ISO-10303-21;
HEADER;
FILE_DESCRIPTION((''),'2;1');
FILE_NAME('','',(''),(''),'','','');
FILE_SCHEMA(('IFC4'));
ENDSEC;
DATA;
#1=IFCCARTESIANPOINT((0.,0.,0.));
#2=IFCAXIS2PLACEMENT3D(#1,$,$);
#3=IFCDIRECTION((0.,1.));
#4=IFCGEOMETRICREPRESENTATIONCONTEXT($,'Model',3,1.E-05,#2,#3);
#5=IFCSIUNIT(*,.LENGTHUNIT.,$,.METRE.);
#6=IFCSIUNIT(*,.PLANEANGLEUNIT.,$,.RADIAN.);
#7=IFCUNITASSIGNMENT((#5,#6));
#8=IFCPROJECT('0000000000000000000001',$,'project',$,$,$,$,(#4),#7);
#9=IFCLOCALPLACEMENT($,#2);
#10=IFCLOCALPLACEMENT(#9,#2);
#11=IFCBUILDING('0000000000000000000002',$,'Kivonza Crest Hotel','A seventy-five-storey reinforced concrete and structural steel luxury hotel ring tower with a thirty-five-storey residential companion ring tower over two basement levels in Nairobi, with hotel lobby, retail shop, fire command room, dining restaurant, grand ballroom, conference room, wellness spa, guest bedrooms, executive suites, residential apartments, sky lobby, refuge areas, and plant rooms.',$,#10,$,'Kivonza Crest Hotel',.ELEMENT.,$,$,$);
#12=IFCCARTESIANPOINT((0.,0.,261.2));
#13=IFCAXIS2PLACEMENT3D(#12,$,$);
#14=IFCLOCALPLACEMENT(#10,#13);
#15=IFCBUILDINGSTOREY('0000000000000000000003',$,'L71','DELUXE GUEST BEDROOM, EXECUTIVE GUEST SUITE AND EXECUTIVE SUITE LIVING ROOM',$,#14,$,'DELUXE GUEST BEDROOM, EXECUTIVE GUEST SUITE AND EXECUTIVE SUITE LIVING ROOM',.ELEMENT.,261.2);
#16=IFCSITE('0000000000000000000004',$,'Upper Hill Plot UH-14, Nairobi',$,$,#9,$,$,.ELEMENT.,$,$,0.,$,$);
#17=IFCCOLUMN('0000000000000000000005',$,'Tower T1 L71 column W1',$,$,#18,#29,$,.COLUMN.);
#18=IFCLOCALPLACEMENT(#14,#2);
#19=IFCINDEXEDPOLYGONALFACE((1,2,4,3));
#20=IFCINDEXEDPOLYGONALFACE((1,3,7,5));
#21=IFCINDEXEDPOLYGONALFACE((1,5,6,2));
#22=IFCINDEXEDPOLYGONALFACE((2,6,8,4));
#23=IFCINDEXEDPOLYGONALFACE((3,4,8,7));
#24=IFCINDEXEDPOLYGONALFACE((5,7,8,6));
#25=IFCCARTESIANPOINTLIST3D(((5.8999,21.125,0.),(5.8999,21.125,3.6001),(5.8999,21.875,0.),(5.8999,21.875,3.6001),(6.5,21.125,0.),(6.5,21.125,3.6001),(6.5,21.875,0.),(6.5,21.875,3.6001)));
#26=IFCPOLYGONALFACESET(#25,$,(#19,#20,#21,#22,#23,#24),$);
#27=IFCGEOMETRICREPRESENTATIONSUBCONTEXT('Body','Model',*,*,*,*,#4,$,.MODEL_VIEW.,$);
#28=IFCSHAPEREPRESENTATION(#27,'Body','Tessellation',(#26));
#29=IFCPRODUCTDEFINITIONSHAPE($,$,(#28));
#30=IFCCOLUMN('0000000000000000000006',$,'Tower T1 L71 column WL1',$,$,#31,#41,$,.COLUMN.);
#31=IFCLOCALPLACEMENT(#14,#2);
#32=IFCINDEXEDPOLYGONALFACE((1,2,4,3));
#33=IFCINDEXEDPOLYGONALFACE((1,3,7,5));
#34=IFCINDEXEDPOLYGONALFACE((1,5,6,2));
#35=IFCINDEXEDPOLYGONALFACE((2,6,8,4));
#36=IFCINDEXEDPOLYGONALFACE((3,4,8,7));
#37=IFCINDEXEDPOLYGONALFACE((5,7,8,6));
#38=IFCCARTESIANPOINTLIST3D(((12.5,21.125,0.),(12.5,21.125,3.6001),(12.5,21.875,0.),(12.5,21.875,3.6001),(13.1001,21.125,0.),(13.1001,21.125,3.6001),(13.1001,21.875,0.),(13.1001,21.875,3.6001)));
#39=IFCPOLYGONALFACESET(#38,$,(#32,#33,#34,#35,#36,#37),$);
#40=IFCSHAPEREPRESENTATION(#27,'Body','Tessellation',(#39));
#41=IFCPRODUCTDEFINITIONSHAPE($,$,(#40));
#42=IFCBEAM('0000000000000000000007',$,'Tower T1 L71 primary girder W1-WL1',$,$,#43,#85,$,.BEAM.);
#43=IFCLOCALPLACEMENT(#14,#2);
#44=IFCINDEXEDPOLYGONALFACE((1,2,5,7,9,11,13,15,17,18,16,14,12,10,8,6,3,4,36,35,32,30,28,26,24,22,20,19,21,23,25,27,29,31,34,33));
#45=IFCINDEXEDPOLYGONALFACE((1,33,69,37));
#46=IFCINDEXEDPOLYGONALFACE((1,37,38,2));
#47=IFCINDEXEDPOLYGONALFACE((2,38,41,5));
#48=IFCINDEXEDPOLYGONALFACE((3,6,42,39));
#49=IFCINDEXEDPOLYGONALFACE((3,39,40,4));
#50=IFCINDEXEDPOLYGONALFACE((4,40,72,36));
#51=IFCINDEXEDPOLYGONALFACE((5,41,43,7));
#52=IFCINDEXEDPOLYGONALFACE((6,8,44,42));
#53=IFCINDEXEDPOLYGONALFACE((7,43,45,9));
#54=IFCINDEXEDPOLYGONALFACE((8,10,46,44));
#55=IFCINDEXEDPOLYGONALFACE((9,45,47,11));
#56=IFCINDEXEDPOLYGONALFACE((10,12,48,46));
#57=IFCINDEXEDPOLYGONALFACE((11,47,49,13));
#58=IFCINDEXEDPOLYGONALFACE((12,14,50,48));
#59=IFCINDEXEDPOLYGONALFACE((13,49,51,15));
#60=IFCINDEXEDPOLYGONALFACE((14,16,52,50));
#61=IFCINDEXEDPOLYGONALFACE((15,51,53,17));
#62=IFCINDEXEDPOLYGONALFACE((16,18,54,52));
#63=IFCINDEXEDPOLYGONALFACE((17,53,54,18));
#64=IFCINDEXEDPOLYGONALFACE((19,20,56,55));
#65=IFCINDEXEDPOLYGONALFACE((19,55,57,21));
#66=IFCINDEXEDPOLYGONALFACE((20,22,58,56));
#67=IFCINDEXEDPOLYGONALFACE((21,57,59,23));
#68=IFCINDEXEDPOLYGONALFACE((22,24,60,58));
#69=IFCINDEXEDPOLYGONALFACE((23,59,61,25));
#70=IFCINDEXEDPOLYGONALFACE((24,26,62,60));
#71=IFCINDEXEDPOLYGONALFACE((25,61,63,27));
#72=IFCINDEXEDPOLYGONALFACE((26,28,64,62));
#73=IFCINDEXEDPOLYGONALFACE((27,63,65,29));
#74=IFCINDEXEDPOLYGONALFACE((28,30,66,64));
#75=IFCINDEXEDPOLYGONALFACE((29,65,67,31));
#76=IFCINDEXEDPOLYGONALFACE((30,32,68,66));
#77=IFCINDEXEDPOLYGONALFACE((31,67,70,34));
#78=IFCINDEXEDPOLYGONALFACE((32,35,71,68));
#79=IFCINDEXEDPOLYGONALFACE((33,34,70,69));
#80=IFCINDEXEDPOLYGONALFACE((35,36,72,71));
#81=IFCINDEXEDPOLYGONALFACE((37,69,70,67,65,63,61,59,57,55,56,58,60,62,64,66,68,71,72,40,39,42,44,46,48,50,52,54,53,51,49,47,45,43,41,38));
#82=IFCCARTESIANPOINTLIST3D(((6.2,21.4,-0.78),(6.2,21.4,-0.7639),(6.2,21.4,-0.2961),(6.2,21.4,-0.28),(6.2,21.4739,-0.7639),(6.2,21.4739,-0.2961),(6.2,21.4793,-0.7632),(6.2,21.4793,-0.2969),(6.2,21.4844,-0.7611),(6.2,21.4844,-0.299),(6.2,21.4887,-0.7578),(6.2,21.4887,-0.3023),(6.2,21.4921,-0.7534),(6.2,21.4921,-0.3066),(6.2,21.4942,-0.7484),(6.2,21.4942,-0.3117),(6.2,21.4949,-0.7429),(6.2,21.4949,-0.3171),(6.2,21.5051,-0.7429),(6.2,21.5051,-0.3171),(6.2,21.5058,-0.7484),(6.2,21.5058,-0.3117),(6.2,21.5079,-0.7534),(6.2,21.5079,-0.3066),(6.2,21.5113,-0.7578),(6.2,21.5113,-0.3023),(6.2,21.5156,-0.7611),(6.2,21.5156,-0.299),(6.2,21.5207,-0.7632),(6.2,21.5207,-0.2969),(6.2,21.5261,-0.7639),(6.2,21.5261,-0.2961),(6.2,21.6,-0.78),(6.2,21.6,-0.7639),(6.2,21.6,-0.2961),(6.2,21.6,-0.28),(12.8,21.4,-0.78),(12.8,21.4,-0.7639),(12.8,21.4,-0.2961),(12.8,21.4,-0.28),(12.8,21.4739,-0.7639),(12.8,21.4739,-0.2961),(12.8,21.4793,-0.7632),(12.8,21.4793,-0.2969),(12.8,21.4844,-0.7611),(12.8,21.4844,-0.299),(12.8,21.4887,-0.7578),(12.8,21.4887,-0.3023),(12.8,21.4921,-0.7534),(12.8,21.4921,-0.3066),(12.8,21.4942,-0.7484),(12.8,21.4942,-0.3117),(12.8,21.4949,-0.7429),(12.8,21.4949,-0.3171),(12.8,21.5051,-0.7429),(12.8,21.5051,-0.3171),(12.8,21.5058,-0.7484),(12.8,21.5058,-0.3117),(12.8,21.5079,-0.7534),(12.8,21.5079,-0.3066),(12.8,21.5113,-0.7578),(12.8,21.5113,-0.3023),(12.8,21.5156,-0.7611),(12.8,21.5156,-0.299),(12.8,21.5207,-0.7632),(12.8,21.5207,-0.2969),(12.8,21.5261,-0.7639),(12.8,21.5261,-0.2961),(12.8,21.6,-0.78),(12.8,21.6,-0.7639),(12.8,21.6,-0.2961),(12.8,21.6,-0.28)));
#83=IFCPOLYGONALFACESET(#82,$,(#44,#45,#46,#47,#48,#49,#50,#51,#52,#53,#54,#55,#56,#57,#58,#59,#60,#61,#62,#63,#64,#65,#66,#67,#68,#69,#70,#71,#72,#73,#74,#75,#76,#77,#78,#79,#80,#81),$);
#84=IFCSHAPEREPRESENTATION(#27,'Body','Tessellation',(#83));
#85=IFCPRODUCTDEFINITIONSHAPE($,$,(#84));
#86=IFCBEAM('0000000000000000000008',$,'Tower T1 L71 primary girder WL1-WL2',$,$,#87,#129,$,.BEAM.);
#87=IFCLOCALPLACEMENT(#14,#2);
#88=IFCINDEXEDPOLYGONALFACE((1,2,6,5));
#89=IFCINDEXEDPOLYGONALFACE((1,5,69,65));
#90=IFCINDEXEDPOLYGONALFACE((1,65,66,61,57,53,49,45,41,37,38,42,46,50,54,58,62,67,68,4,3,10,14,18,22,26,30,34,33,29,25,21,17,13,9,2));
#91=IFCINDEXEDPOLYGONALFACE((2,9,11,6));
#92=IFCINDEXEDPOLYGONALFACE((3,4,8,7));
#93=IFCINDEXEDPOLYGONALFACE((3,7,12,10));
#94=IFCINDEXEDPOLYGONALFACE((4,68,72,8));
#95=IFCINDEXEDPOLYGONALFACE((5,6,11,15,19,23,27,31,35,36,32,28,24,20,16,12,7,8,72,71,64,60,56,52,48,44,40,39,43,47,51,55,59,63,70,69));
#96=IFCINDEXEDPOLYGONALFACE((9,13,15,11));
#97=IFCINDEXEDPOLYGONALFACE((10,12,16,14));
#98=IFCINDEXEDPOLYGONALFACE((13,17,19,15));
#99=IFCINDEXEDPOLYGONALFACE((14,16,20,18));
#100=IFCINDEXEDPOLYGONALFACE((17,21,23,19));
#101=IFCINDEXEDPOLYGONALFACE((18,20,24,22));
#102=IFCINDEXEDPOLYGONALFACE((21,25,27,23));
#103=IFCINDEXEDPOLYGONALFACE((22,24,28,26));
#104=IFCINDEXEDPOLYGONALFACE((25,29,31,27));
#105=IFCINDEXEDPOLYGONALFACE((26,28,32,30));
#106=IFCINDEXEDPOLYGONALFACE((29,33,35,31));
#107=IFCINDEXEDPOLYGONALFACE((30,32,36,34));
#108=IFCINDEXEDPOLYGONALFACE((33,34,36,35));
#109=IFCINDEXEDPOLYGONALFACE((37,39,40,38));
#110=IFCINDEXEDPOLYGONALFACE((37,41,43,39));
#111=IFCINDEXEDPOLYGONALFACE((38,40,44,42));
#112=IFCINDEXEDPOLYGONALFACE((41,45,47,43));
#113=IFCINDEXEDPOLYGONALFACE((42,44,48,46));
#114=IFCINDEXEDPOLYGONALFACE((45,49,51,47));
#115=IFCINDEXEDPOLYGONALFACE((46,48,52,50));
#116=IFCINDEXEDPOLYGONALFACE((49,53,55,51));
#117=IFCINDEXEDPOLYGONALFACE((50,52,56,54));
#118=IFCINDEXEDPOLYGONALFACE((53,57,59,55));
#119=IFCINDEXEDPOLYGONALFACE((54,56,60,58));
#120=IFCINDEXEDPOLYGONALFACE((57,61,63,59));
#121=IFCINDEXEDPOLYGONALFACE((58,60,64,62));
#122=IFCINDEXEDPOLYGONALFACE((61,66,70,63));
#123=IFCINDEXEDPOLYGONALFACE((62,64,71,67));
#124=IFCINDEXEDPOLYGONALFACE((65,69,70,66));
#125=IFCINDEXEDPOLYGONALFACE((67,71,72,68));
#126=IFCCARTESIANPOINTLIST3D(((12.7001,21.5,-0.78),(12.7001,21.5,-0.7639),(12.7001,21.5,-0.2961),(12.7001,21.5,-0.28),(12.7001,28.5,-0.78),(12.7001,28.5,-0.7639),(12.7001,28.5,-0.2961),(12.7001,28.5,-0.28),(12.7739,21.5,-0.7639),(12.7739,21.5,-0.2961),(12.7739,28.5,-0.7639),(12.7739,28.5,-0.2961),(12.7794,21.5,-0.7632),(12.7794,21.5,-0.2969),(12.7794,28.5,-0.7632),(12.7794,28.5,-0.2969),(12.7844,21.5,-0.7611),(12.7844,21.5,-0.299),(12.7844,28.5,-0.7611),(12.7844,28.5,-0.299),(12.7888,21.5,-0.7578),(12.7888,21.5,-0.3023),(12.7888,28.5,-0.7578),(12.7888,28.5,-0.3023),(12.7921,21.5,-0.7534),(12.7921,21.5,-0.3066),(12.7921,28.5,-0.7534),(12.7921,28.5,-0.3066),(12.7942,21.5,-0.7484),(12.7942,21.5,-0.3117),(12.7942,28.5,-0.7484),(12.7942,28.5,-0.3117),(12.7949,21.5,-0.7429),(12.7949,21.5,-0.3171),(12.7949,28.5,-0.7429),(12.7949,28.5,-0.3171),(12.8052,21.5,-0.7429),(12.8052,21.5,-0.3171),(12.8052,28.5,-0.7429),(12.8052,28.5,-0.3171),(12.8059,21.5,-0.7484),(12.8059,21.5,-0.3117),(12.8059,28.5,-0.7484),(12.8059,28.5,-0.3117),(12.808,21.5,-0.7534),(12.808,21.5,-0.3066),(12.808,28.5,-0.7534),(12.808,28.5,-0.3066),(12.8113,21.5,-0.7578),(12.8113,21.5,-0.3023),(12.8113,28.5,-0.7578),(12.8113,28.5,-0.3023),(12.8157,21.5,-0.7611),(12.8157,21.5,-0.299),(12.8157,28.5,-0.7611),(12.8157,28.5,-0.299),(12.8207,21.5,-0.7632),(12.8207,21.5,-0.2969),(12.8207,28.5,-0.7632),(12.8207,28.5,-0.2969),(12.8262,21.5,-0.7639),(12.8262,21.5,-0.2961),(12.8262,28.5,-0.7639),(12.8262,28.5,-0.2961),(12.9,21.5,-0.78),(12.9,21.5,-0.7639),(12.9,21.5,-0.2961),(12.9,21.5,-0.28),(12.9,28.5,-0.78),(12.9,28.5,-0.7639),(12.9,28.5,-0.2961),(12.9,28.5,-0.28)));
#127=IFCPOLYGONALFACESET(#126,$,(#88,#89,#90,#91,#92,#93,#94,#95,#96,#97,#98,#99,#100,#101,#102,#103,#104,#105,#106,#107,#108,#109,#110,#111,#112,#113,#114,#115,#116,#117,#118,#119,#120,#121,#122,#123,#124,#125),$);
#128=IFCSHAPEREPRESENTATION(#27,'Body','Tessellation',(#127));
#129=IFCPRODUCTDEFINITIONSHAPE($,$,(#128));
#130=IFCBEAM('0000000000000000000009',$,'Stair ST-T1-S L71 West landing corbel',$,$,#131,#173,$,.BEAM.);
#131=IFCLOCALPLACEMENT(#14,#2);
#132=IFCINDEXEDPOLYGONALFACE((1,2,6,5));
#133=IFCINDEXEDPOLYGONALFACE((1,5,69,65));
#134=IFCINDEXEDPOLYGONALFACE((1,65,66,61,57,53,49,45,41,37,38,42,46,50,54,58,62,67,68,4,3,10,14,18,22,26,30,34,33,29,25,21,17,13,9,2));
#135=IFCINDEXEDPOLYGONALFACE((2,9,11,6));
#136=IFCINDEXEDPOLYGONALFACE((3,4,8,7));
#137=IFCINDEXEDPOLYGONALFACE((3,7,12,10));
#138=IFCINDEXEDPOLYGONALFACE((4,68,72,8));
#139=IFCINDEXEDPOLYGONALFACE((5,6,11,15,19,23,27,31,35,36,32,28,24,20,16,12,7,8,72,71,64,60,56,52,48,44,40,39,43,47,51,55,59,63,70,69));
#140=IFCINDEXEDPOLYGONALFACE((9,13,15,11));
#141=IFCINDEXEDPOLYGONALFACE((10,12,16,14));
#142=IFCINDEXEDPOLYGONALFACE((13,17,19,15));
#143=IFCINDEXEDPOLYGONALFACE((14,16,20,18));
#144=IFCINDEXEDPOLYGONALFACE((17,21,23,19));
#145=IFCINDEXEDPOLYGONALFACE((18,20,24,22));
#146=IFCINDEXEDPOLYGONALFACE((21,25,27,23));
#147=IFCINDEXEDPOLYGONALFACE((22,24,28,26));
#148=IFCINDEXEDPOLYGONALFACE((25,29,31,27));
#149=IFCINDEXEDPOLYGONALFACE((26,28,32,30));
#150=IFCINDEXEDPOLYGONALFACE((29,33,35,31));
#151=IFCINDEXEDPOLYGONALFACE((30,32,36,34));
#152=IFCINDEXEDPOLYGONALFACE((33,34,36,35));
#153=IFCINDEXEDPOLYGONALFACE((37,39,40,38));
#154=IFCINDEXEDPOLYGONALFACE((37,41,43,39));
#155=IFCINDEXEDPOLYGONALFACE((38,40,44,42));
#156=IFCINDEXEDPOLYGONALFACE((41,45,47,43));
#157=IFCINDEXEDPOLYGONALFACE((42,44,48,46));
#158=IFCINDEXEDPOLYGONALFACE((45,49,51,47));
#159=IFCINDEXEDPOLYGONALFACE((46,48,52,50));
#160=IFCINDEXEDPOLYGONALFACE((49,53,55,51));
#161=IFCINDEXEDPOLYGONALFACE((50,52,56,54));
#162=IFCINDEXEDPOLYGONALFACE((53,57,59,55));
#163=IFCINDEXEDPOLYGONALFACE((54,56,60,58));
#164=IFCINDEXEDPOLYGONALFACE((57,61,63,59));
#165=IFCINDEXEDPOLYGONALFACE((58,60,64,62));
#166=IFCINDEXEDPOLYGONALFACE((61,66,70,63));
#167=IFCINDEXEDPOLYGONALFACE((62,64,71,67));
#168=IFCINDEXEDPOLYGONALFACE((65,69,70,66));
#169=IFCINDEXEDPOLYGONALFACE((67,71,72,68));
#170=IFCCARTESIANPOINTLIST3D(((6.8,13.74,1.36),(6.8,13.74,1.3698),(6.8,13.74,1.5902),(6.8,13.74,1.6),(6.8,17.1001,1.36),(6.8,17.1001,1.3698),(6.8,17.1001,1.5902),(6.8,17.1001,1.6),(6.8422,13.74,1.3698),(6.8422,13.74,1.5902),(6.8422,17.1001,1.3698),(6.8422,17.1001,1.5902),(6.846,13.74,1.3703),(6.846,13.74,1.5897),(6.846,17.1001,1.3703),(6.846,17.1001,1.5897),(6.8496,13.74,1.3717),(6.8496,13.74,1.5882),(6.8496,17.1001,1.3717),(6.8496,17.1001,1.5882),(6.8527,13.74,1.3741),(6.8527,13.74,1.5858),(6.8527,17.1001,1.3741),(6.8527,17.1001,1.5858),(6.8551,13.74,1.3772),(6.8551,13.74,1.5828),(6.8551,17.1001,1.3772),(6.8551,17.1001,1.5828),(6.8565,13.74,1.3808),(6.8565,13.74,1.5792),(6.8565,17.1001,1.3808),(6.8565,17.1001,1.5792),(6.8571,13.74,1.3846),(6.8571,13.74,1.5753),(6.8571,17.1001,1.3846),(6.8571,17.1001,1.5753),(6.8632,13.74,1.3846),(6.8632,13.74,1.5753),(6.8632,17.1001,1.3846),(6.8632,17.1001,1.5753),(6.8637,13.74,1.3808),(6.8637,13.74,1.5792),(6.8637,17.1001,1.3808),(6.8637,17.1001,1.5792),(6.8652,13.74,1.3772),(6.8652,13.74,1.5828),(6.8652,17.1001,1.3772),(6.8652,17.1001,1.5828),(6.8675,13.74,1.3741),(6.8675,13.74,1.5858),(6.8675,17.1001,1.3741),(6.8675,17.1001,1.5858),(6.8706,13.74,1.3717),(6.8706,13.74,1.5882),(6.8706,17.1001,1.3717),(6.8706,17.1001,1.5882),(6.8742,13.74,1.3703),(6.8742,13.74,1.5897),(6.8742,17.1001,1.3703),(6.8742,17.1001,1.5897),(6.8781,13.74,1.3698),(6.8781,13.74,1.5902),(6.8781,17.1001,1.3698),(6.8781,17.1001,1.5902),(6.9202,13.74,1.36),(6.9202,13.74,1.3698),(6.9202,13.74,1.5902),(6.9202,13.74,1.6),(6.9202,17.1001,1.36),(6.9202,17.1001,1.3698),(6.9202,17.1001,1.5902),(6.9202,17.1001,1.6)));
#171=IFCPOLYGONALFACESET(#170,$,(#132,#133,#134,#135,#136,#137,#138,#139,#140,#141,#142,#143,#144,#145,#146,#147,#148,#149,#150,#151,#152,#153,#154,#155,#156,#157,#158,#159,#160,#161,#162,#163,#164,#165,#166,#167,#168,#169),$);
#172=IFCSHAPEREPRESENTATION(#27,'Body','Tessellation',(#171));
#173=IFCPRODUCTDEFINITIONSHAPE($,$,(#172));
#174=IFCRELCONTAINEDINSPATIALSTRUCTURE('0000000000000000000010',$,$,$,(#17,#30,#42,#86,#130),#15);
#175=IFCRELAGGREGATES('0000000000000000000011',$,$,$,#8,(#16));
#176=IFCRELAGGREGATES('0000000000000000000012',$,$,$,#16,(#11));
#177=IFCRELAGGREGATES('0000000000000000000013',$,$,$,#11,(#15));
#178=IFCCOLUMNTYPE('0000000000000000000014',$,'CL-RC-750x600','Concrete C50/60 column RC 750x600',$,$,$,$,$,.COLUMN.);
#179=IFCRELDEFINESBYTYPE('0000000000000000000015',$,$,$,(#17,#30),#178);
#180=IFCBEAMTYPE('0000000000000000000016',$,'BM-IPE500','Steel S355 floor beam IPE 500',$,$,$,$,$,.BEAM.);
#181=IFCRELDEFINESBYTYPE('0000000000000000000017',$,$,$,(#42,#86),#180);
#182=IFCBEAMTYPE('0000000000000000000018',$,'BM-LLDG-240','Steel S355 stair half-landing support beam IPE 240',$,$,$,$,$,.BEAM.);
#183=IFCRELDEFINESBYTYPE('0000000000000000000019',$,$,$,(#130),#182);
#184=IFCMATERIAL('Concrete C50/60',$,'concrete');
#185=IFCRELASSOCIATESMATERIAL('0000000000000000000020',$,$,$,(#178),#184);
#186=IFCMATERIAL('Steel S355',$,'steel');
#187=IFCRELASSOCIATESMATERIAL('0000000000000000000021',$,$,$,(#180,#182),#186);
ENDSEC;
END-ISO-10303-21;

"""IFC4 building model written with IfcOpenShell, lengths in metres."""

from ifc_helpers import new_model, si_unit, direction, frame, origin, origin_2d, place, context, subcontext, project, spatial, rectangle, i_section, extrude, material, material_profile, profile_set, type_object, element, save


model = new_model("IFC4")

# Units and contexts
model_context = context("Model", 3, precision=1e-05, world=origin(), true_north=direction((0.0, 1.0)))
body_context = subcontext(model_context, "Body", "Model", "MODEL_VIEW")
ifc_project = project(units=[si_unit("LENGTHUNIT", "METRE"), si_unit("PLANEANGLEUNIT", "RADIAN")], contexts=[model_context])

# Site, building, storey
site_placement = place(None, origin())
site = spatial("IfcSite", under=ifc_project, at=site_placement, Name="Upper Hill Plot UH-14, Nairobi", CompositionType="ELEMENT", RefElevation=0.0)
building_placement = place(site_placement, origin())
building = spatial("IfcBuilding", under=site, at=building_placement, Name="Kivonza Crest Hotel", Description="A seventy-five-storey reinforced concrete and structural steel luxury hotel ring tower with a thirty-five-storey residential companion ring tower over two basement levels in Nairobi, with hotel lobby, retail shop, fire command room, dining restaurant, grand ballroom, conference room, wellness spa, guest bedrooms, executive suites, residential apartments, sky lobby, refuge areas, and plant rooms.", LongName="Kivonza Crest Hotel", CompositionType="ELEMENT")
storey_placement = place(building_placement, frame((0.0, 0.0, 261.2)))
storey = spatial("IfcBuildingStorey", under=building, at=storey_placement, Name="L71", Description="DELUXE GUEST BEDROOM, EXECUTIVE GUEST SUITE AND EXECUTIVE SUITE LIVING ROOM", LongName="DELUXE GUEST BEDROOM, EXECUTIVE GUEST SUITE AND EXECUTIVE SUITE LIVING ROOM", CompositionType="ELEMENT", Elevation=261.2)

# Columns
ifc_material_1 = material(Name="Concrete C50/60", Category="concrete")
ifc_material_profile_1 = material_profile(ifc_material_1, rectangle(XDim=0.6001, YDim=0.75, at=origin_2d()), Name="RC 750x600")
ifc_profile_set_1 = profile_set([ifc_material_profile_1], Name="Concrete C50/60")
column_type = type_object("IfcColumnType", Name="CL-RC-750x600", Description="Concrete C50/60 column RC 750x600", PredefinedType="COLUMN", material=ifc_profile_set_1)
for number, where, z_axis, x_axis, name in (
    (1, (6.2, 21.5, 0.0), (0.0, 0.0, 1.0), (1.0, 0.0, 0.0), "Tower T1 L71 column W1"),
    (2, (12.8, 21.5, 0.0), (0.0, 0.0, 1.0), (1.0, 0.0, 0.0), "Tower T1 L71 column WL1"),
):
    element("IfcColumn", number, at=place(storey_placement, frame(where, z_axis=z_axis, x_axis=x_axis)), inside=storey, type_object=column_type, Name=name, PredefinedType="COLUMN", context=body_context, shape_type="SweptSolid", body=[
        extrude(rectangle(XDim=0.6001, YDim=0.75, at=origin_2d()), origin(), (0.0, 0.0, 1.0), 3.6001),
    ])

# Beams
ifc_material_2 = material(Name="Steel S355", Category="steel")
ifc_material_profile_2 = material_profile(ifc_material_2, i_section(OverallWidth=0.2, OverallDepth=0.5, WebThickness=0.0103, FlangeThickness=0.0161, FilletRadius=0.021, at=origin_2d()), Name="IPE 500")
ifc_profile_set_2 = profile_set([ifc_material_profile_2], Name="Steel S355")
beam_type_1 = type_object("IfcBeamType", Name="BM-IPE500", Description="Steel S355 floor beam IPE 500", PredefinedType="BEAM", material=ifc_profile_set_2)
beam_1_placement = place(storey_placement, frame((6.2, 21.5, -0.53), z_axis=(1.0, 0.0, 0.0), x_axis=(0.0, 1.0, 0.0)))
element("IfcBeam", 3, at=beam_1_placement, inside=storey, type_object=beam_type_1, Name="Tower T1 L71 primary girder W1-WL1", PredefinedType="BEAM", context=body_context, shape_type="SweptSolid", body=[
    extrude(i_section(OverallWidth=0.2, OverallDepth=0.5, WebThickness=0.0103, FlangeThickness=0.0161, FilletRadius=0.021, at=origin_2d()), origin(), (0.0, 0.0, 1.0), 6.6001),
])
beam_2_placement = place(storey_placement, frame((12.8, 21.5, -0.53), z_axis=(0.0, 1.0, 0.0), x_axis=(-1.0, 0.0, 0.0)))
element("IfcBeam", 4, at=beam_2_placement, inside=storey, type_object=beam_type_1, Name="Tower T1 L71 primary girder WL1-WL2", PredefinedType="BEAM", context=body_context, shape_type="SweptSolid", body=[
    extrude(i_section(OverallWidth=0.2, OverallDepth=0.5, WebThickness=0.0103, FlangeThickness=0.0161, FilletRadius=0.021, at=origin_2d()), origin(), (0.0, 0.0, 1.0), 7.0),
])
ifc_material_profile_3 = material_profile(ifc_material_2, i_section(OverallWidth=0.1201, OverallDepth=0.24, WebThickness=0.0061, FlangeThickness=0.0098, FilletRadius=0.0149, at=origin_2d()), Name="IPE 240")
ifc_profile_set_3 = profile_set([ifc_material_profile_3], Name="Steel S355")
beam_type_2 = type_object("IfcBeamType", Name="BM-LLDG-240", Description="Steel S355 stair half-landing support beam IPE 240", PredefinedType="BEAM", material=ifc_profile_set_3)
beam_3_placement = place(storey_placement, frame((6.8601, 13.74, 1.48), z_axis=(0.0, 1.0, 0.0), x_axis=(-1.0, 0.0, 0.0)))
element("IfcBeam", 5, at=beam_3_placement, inside=storey, type_object=beam_type_2, Name="Stair ST-T1-S L71 West landing corbel", PredefinedType="BEAM", context=body_context, shape_type="SweptSolid", body=[
    extrude(i_section(OverallWidth=0.1201, OverallDepth=0.24, WebThickness=0.0061, FlangeThickness=0.0098, FilletRadius=0.0149, at=origin_2d()), origin(), (0.0, 0.0, 1.0), 3.3601),
])

save(model, "model.ifc")
